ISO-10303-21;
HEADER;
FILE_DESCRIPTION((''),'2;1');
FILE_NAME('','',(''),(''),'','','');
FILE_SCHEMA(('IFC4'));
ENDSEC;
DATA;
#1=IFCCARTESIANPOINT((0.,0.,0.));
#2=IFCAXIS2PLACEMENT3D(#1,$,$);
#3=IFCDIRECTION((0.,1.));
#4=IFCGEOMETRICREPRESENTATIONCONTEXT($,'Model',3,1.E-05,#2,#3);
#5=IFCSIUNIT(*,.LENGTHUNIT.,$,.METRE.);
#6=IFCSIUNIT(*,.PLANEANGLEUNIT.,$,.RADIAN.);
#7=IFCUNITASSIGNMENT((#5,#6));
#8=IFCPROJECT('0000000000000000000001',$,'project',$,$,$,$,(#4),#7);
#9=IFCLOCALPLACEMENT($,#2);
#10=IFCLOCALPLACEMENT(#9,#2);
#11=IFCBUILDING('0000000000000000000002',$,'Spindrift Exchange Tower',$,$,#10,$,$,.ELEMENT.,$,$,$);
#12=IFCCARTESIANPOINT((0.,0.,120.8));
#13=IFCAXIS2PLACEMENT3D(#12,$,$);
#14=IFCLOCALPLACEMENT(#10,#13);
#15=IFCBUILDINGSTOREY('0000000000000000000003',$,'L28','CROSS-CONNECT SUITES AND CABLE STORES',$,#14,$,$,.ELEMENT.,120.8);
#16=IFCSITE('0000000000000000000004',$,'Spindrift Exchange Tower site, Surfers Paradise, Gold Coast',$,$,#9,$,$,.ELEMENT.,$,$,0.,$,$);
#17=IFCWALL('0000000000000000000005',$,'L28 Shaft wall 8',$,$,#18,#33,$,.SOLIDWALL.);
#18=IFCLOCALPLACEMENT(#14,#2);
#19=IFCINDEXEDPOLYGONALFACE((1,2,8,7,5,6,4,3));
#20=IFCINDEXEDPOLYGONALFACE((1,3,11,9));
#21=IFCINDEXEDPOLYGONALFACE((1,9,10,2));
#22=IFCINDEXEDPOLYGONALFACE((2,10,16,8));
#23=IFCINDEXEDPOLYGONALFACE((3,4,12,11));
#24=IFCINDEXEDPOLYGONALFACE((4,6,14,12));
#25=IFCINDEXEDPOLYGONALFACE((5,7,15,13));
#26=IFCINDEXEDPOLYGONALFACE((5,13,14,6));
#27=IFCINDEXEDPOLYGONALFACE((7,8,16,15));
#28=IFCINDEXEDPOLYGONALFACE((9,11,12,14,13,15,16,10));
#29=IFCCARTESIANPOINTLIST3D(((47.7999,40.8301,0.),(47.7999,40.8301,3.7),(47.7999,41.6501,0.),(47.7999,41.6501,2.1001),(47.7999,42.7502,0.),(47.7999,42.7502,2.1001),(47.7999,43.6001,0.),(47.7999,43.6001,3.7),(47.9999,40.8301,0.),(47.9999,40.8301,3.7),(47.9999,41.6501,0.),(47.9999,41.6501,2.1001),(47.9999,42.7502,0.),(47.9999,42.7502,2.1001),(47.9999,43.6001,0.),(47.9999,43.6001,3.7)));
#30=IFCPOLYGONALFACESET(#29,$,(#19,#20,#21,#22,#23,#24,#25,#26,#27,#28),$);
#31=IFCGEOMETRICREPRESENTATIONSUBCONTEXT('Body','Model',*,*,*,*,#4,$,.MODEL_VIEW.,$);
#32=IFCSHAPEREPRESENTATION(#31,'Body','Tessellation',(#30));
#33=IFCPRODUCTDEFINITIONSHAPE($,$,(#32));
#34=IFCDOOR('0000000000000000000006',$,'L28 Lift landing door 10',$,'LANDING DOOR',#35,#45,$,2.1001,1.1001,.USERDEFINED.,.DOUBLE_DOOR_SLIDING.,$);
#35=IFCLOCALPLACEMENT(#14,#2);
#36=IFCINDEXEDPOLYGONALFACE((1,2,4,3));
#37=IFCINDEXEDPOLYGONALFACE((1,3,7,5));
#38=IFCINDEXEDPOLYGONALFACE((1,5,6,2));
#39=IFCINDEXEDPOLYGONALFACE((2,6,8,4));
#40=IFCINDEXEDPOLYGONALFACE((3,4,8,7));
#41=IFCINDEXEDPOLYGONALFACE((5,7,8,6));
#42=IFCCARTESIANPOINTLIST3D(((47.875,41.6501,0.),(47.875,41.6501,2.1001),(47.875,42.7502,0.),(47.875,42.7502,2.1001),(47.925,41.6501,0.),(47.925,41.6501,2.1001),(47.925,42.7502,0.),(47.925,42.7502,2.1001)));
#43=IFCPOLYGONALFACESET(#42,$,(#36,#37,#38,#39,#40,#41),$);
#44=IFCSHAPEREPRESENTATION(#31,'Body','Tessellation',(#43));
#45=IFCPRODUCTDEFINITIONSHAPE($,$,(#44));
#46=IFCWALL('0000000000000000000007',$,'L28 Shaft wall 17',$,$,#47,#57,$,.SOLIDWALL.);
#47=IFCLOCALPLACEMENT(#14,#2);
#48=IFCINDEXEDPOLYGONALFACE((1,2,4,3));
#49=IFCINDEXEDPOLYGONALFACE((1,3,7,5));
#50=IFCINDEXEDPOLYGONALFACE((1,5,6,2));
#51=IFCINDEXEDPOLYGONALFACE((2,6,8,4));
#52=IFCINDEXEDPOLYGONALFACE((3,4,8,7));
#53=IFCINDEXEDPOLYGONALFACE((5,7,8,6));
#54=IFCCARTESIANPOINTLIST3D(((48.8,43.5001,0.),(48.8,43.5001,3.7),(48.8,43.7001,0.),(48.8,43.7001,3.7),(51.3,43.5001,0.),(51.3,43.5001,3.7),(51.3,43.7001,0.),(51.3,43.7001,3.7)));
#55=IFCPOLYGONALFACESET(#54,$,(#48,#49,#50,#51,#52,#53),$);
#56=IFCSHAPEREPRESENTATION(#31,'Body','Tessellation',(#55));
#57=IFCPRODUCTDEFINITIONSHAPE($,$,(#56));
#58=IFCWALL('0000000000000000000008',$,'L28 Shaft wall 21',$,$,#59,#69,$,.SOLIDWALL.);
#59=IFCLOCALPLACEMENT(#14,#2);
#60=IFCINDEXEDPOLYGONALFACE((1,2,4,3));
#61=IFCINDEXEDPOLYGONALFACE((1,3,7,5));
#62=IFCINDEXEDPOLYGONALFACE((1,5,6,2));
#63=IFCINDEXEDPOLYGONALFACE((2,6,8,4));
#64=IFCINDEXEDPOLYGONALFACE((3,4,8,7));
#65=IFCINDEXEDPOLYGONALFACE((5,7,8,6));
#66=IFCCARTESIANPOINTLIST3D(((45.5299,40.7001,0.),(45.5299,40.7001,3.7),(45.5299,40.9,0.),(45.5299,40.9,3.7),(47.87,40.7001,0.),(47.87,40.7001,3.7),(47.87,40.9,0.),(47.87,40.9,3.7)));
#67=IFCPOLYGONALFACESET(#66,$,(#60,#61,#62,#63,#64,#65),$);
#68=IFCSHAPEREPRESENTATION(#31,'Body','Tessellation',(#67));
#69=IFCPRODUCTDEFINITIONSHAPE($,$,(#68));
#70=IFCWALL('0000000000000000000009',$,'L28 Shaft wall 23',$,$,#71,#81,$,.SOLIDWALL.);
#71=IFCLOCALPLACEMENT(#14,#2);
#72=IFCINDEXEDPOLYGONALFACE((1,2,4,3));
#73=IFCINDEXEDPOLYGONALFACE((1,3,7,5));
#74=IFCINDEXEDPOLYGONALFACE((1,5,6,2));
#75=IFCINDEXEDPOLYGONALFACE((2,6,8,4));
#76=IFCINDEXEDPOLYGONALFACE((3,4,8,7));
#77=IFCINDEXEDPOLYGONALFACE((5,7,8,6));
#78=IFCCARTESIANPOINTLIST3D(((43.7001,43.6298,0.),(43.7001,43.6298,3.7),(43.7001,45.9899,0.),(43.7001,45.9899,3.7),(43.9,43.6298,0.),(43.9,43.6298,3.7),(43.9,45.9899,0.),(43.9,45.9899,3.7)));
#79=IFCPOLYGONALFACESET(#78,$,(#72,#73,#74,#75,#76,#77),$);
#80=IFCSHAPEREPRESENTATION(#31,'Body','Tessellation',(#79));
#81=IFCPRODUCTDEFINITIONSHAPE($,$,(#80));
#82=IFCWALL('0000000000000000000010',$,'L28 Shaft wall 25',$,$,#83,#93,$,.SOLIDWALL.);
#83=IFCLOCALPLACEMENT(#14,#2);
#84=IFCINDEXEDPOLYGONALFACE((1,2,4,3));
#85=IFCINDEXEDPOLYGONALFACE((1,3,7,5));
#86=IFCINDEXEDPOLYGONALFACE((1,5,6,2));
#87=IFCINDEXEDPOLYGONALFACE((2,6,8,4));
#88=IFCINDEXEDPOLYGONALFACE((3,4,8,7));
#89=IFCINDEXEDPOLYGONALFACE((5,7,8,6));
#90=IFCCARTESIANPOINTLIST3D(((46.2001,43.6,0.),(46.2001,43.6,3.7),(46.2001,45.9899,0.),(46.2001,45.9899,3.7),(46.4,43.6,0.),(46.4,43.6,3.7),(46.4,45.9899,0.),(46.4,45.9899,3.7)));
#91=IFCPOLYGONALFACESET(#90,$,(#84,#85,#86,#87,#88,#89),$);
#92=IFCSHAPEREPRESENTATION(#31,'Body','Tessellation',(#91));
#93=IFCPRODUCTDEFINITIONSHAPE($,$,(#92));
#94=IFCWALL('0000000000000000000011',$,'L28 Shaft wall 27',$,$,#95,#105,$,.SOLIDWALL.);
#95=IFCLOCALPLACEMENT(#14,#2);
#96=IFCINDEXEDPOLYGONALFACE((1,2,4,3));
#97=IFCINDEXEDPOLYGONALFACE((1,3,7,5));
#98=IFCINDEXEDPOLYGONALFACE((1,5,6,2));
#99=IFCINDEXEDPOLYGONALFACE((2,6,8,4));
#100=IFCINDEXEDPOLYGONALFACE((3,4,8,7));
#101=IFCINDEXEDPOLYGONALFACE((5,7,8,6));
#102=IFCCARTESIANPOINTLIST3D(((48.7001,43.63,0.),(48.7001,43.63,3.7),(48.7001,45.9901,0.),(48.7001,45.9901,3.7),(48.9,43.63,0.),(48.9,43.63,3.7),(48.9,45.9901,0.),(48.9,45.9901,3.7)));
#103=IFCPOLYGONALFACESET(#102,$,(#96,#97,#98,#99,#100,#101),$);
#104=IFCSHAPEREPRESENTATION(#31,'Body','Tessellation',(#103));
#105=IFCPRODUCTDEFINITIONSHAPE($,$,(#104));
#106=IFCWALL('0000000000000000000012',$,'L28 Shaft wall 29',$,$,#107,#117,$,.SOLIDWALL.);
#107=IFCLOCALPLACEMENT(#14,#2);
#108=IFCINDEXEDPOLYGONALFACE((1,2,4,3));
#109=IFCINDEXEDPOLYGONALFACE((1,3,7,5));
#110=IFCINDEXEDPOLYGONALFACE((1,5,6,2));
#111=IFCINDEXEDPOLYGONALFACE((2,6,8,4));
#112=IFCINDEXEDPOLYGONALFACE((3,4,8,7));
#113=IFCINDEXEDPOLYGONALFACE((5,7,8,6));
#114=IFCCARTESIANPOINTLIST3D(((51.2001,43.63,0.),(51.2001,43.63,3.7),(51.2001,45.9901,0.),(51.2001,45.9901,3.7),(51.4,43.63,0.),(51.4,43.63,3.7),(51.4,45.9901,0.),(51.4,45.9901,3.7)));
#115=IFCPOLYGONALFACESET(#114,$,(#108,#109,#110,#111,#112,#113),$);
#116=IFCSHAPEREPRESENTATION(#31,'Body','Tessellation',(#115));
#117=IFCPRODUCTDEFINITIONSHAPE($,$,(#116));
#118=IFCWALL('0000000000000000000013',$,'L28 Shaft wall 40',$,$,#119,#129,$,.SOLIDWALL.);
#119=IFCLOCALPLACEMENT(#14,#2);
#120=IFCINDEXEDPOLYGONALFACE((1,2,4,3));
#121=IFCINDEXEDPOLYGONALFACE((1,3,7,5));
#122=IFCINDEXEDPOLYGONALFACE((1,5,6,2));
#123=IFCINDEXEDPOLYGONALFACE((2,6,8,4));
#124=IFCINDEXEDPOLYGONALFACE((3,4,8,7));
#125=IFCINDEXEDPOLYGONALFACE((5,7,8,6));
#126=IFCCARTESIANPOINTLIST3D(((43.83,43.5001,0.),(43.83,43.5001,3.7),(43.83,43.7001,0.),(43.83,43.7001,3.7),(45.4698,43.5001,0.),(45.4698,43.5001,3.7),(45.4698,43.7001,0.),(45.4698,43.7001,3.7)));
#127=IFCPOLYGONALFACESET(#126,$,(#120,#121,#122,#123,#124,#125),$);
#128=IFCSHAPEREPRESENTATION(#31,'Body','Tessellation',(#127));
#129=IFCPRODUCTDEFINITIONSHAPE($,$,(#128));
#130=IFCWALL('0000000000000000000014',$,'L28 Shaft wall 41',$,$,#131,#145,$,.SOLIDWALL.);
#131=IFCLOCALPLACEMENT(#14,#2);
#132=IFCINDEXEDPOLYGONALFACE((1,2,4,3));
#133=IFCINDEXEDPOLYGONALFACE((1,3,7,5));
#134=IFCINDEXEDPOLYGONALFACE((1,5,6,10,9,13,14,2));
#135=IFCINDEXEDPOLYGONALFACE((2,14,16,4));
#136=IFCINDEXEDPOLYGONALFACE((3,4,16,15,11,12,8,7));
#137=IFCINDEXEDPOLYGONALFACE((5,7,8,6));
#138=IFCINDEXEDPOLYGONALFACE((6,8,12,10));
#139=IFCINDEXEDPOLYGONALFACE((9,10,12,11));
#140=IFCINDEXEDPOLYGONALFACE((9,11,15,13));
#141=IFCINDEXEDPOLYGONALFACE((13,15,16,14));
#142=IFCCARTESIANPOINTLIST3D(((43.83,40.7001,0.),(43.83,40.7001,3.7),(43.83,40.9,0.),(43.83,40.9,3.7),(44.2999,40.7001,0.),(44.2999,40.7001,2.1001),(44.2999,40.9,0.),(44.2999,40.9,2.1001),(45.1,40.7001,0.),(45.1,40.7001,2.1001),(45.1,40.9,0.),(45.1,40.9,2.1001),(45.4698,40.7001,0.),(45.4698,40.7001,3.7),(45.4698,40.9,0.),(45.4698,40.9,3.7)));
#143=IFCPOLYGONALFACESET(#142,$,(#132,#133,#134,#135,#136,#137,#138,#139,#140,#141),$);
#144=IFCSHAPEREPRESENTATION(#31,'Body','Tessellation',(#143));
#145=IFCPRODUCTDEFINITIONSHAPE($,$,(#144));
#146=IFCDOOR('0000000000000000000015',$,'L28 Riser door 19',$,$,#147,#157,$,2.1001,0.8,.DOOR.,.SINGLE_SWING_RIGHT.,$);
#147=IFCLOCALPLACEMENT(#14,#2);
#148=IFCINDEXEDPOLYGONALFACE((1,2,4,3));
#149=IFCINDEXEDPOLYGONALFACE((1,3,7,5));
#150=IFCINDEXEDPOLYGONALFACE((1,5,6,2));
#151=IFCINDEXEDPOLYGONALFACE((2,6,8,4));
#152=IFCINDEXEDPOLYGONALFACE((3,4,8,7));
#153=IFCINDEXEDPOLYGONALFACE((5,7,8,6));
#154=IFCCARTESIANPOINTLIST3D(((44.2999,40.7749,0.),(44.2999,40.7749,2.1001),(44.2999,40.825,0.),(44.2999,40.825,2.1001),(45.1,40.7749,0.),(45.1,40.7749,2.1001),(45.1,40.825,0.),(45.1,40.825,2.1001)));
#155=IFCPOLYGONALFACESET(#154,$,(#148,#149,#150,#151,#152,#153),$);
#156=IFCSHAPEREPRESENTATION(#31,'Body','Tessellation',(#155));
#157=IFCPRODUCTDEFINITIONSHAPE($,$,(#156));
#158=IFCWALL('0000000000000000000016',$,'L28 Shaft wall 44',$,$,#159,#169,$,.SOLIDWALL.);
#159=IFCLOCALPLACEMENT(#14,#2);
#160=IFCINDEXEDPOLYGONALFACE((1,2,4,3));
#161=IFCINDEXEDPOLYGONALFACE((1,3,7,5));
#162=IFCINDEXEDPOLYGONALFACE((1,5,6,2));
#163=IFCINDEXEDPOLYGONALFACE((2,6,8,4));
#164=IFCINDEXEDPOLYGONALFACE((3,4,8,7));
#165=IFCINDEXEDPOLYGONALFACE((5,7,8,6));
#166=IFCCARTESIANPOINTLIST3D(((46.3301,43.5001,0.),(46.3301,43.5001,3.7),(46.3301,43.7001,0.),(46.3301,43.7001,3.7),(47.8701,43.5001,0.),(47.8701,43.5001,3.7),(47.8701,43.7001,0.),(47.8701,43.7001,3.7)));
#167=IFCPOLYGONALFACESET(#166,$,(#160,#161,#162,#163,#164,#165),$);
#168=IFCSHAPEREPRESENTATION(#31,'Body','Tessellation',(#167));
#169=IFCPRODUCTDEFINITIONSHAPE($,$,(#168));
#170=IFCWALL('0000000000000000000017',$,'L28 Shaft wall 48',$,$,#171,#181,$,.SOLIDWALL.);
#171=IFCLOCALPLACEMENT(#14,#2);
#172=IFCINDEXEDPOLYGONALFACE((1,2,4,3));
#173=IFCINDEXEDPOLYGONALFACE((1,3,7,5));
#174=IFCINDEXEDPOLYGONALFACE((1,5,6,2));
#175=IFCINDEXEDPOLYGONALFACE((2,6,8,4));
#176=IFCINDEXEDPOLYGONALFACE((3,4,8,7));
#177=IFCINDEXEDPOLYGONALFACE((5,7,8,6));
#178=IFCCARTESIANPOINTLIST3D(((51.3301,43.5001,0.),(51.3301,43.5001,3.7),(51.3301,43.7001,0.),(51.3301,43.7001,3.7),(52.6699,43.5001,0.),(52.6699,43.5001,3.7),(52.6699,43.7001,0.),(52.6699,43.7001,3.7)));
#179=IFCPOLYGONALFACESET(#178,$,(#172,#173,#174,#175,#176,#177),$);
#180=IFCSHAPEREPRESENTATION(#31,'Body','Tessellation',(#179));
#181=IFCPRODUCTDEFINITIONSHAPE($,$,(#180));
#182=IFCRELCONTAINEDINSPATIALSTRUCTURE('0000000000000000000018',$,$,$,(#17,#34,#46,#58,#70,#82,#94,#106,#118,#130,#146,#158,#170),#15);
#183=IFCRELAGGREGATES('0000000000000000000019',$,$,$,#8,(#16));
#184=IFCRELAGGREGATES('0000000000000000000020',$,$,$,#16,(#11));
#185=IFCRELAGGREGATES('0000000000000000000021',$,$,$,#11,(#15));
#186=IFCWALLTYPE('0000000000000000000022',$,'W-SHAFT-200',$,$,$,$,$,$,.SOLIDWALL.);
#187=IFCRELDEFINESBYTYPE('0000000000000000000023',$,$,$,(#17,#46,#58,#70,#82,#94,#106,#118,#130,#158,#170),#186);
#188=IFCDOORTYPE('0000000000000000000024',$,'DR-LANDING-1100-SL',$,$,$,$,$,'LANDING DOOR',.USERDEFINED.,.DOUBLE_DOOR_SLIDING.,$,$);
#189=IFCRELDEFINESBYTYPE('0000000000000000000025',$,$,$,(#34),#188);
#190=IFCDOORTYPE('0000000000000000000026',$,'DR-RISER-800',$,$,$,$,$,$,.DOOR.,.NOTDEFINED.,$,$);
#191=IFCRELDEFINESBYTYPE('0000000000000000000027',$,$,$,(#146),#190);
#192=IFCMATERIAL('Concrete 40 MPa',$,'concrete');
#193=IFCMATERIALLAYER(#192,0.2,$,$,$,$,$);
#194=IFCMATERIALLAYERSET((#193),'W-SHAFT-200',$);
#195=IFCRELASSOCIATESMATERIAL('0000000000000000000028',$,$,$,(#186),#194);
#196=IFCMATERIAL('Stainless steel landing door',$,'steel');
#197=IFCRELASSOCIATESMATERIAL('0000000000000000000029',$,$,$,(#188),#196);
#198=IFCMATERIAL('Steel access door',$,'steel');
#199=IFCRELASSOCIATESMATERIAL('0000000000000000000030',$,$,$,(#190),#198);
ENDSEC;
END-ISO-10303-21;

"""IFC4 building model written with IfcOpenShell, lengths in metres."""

from ifc_helpers import new_model, si_unit, direction, frame, frame_2d, origin, place, context, subcontext, project, spatial, rectangle, extrude, source, transform, mapped, material, layer, layer_set, type_object, element, fill, save


model = new_model("IFC4")

# Units and contexts
model_context = context("Model", 3, precision=1e-05, world=origin(), true_north=direction((0.0, 1.0)))
body_context = subcontext(model_context, "Body", "Model", "MODEL_VIEW")
ifc_project = project(units=[si_unit("LENGTHUNIT", "METRE"), si_unit("PLANEANGLEUNIT", "RADIAN")], contexts=[model_context])

# Site, building, storey
site_placement = place(None, origin())
site = spatial("IfcSite", under=ifc_project, at=site_placement, Name="Spindrift Exchange Tower site, Surfers Paradise, Gold Coast", CompositionType="ELEMENT", RefElevation=0.0)
building_placement = place(site_placement, origin())
building = spatial("IfcBuilding", under=site, at=building_placement, Name="Spindrift Exchange Tower", CompositionType="ELEMENT")
storey_placement = place(building_placement, frame((0.0, 0.0, 120.8)))
storey = spatial("IfcBuildingStorey", under=building, at=storey_placement, Name="L28", Description="CROSS-CONNECT SUITES AND CABLE STORES", CompositionType="ELEMENT", Elevation=120.8)

# Shared definitions
ifc_material_1 = material(Name="Steel access door", Category="steel")

# Shared definitions
ifc_material_2 = material(Name="Concrete 40 MPa", Category="concrete")
ifc_layer_1 = layer(ifc_material_2, 0.2)
ifc_layer_set_1 = layer_set([ifc_layer_1], Name="W-SHAFT-200")
wall_type_1 = type_object("IfcWallType", Name="W-SHAFT-200", PredefinedType="SOLIDWALL", material=ifc_layer_set_1)

# Wall, opening, door
wall_1_placement = place(storey_placement, frame((47.8999, 40.8301, 0.0), z_axis=(0.0, 0.0, 1.0), x_axis=(0.0, 1.0, 0.0)))
wall_1 = element("IfcWall", 1, at=wall_1_placement, inside=storey, type_object=wall_type_1, Name="L28 Shaft wall 8", PredefinedType="SOLIDWALL", context=body_context, shape_type="SweptSolid", body=[
    extrude(rectangle(XDim=2.77, YDim=0.2, at=frame_2d((1.385, 0.0))), origin(), (0.0, 0.0, 1.0), 3.7),
])
opening_1_placement = place(wall_1_placement, frame((0.8201, 0.0, 0.0)))
opening_1 = element("IfcOpeningElement", 2, at=opening_1_placement, cuts=wall_1, PredefinedType="OPENING", context=body_context, shape_type="SweptSolid", body=[
    extrude(rectangle(XDim=1.1001, YDim=2.1001, at=frame_2d((0.55, 1.05))), frame((0.0, 0.1099, 0.0), z_axis=(0.0, -1.0, 0.0), x_axis=(1.0, 0.0, 0.0)), (0.0, 0.0, 1.0), 0.22),
])
ifc_material_3 = material(Name="Stainless steel landing door", Category="steel")
door_type_1 = type_object("IfcDoorType", Name="DR-LANDING-1100-SL", ElementType="LANDING DOOR", OperationType="DOUBLE_DOOR_SLIDING", PredefinedType="USERDEFINED", material=ifc_material_3)
shared_shape_1 = source(origin(), body_context, "Body", "SweptSolid", [
    extrude(rectangle(XDim=1.1001, YDim=2.1001, at=frame_2d((0.55, 1.05))), frame((0.0, 0.0249, 0.0), z_axis=(0.0, -1.0, 0.0), x_axis=(1.0, 0.0, 0.0)), (0.0, 0.0, 1.0), 0.05),
])
door_1_placement = place(opening_1_placement, origin())
door_1 = element("IfcDoor", 3, at=door_1_placement, inside=storey, type_object=door_type_1, Name="L28 Lift landing door 10", ObjectType="LANDING DOOR", OperationType="DOUBLE_DOOR_SLIDING", OverallHeight=2.1001, OverallWidth=1.1001, PredefinedType="USERDEFINED", context=body_context, shape_type="MappedRepresentation", body=[
    mapped(shared_shape_1, transform((0.0, 0.0, 0.0), scale=1.0)),
])
fill(opening_1, door_1)

# Walls
wall_2_placement = place(storey_placement, frame((48.8, 43.6001, 0.0), z_axis=(0.0, 0.0, 1.0), x_axis=(1.0, 0.0, 0.0)))
element("IfcWall", 4, at=wall_2_placement, inside=storey, type_object=wall_type_1, Name="L28 Shaft wall 17", PredefinedType="SOLIDWALL", context=body_context, shape_type="SweptSolid", body=[
    extrude(rectangle(XDim=2.5, YDim=0.2, at=frame_2d((1.25, 0.0))), origin(), (0.0, 0.0, 1.0), 3.7),
])
wall_3_placement = place(storey_placement, frame((45.53, 40.8, 0.0), z_axis=(0.0, 0.0, 1.0), x_axis=(1.0, 0.0, 0.0)))
element("IfcWall", 5, at=wall_3_placement, inside=storey, type_object=wall_type_1, Name="L28 Shaft wall 21", PredefinedType="SOLIDWALL", context=body_context, shape_type="SweptSolid", body=[
    extrude(rectangle(XDim=2.3401, YDim=0.2, at=frame_2d((1.1699, 0.0))), origin(), (0.0, 0.0, 1.0), 3.7),
])
wall_4_placement = place(storey_placement, frame((43.8, 45.99, 0.0), z_axis=(0.0, 0.0, 1.0), x_axis=(0.0, -1.0, 0.0)))
element("IfcWall", 6, at=wall_4_placement, inside=storey, type_object=wall_type_1, Name="L28 Shaft wall 23", PredefinedType="SOLIDWALL", context=body_context, shape_type="SweptSolid", body=[
    extrude(rectangle(XDim=2.3601, YDim=0.2, at=frame_2d((1.1802, 0.0))), origin(), (0.0, 0.0, 1.0), 3.7),
])
wall_5_placement = place(storey_placement, frame((46.3, 43.6001, 0.0), z_axis=(0.0, 0.0, 1.0), x_axis=(0.0, 1.0, 0.0)))
element("IfcWall", 7, at=wall_5_placement, inside=storey, type_object=wall_type_1, Name="L28 Shaft wall 25", PredefinedType="SOLIDWALL", context=body_context, shape_type="SweptSolid", body=[
    extrude(rectangle(XDim=2.3899, YDim=0.2, at=frame_2d((1.1948, 0.0))), origin(), (0.0, 0.0, 1.0), 3.7),
])
for number, where, z_axis, x_axis, name in (
    (8, (48.8, 43.6299, 0.0), (0.0, 0.0, 1.0), (0.0, 1.0, 0.0), "L28 Shaft wall 27"),
    (9, (51.3, 43.6299, 0.0), (0.0, 0.0, 1.0), (0.0, 1.0, 0.0), "L28 Shaft wall 29"),
):
    element("IfcWall", number, at=place(storey_placement, frame(where, z_axis=z_axis, x_axis=x_axis)), inside=storey, type_object=wall_type_1, Name=name, PredefinedType="SOLIDWALL", context=body_context, shape_type="SweptSolid", body=[
        extrude(rectangle(XDim=2.3601, YDim=0.2, at=frame_2d((1.1802, 0.0))), origin(), (0.0, 0.0, 1.0), 3.7),
    ])
wall_6_placement = place(storey_placement, frame((43.8301, 43.6001, 0.0), z_axis=(0.0, 0.0, 1.0), x_axis=(1.0, 0.0, 0.0)))
element("IfcWall", 10, at=wall_6_placement, inside=storey, type_object=wall_type_1, Name="L28 Shaft wall 40", PredefinedType="SOLIDWALL", context=body_context, shape_type="SweptSolid", body=[
    extrude(rectangle(XDim=1.6399, YDim=0.2, at=frame_2d((0.8198, 0.0))), origin(), (0.0, 0.0, 1.0), 3.7),
])

# Wall, opening, door
wall_7_placement = place(storey_placement, frame((43.8301, 40.8, 0.0), z_axis=(0.0, 0.0, 1.0), x_axis=(1.0, 0.0, 0.0)))
wall_7 = element("IfcWall", 11, at=wall_7_placement, inside=storey, type_object=wall_type_1, Name="L28 Shaft wall 41", PredefinedType="SOLIDWALL", context=body_context, shape_type="SweptSolid", body=[
    extrude(rectangle(XDim=1.6399, YDim=0.2, at=frame_2d((0.8198, 0.0))), origin(), (0.0, 0.0, 1.0), 3.7),
])
opening_2_placement = place(wall_7_placement, frame((0.47, 0.0, 0.0)))
opening_2 = element("IfcOpeningElement", 12, at=opening_2_placement, cuts=wall_7, PredefinedType="OPENING", context=body_context, shape_type="SweptSolid", body=[
    extrude(rectangle(XDim=0.8, YDim=2.1001, at=frame_2d((0.3999, 1.05))), frame((0.0, 0.1099, 0.0), z_axis=(0.0, -1.0, 0.0), x_axis=(1.0, 0.0, 0.0)), (0.0, 0.0, 1.0), 0.22),
])
door_type_2 = type_object("IfcDoorType", Name="DR-RISER-800", OperationType="NOTDEFINED", PredefinedType="DOOR", material=ifc_material_1)
shared_shape_2 = source(origin(), body_context, "Body", "SweptSolid", [
    extrude(rectangle(XDim=0.8, YDim=2.1001, at=frame_2d((0.3999, 1.05))), frame((0.0, 0.0249, 0.0), z_axis=(0.0, -1.0, 0.0), x_axis=(1.0, 0.0, 0.0)), (0.0, 0.0, 1.0), 0.05),
])
door_2_placement = place(opening_2_placement, origin())
door_2 = element("IfcDoor", 13, at=door_2_placement, inside=storey, type_object=door_type_2, Name="L28 Riser door 19", OperationType="SINGLE_SWING_RIGHT", OverallHeight=2.1001, OverallWidth=0.8, PredefinedType="DOOR", context=body_context, shape_type="MappedRepresentation", body=[
    mapped(shared_shape_2, transform((0.0, 0.0, 0.0), scale=1.0)),
])
fill(opening_2, door_2)

# Walls
wall_8_placement = place(storey_placement, frame((46.3301, 43.6001, 0.0), z_axis=(0.0, 0.0, 1.0), x_axis=(1.0, 0.0, 0.0)))
element("IfcWall", 14, at=wall_8_placement, inside=storey, type_object=wall_type_1, Name="L28 Shaft wall 44", PredefinedType="SOLIDWALL", context=body_context, shape_type="SweptSolid", body=[
    extrude(rectangle(XDim=1.54, YDim=0.2, at=frame_2d((0.77, 0.0))), origin(), (0.0, 0.0, 1.0), 3.7),
])
wall_9_placement = place(storey_placement, frame((52.6699, 43.6001, 0.0), z_axis=(0.0, 0.0, 1.0), x_axis=(-1.0, 0.0, 0.0)))
element("IfcWall", 15, at=wall_9_placement, inside=storey, type_object=wall_type_1, Name="L28 Shaft wall 48", PredefinedType="SOLIDWALL", context=body_context, shape_type="SweptSolid", body=[
    extrude(rectangle(XDim=1.3398, YDim=0.2, at=frame_2d((0.6699, 0.0))), origin(), (0.0, 0.0, 1.0), 3.7),
])

save(model, "model.ifc")
